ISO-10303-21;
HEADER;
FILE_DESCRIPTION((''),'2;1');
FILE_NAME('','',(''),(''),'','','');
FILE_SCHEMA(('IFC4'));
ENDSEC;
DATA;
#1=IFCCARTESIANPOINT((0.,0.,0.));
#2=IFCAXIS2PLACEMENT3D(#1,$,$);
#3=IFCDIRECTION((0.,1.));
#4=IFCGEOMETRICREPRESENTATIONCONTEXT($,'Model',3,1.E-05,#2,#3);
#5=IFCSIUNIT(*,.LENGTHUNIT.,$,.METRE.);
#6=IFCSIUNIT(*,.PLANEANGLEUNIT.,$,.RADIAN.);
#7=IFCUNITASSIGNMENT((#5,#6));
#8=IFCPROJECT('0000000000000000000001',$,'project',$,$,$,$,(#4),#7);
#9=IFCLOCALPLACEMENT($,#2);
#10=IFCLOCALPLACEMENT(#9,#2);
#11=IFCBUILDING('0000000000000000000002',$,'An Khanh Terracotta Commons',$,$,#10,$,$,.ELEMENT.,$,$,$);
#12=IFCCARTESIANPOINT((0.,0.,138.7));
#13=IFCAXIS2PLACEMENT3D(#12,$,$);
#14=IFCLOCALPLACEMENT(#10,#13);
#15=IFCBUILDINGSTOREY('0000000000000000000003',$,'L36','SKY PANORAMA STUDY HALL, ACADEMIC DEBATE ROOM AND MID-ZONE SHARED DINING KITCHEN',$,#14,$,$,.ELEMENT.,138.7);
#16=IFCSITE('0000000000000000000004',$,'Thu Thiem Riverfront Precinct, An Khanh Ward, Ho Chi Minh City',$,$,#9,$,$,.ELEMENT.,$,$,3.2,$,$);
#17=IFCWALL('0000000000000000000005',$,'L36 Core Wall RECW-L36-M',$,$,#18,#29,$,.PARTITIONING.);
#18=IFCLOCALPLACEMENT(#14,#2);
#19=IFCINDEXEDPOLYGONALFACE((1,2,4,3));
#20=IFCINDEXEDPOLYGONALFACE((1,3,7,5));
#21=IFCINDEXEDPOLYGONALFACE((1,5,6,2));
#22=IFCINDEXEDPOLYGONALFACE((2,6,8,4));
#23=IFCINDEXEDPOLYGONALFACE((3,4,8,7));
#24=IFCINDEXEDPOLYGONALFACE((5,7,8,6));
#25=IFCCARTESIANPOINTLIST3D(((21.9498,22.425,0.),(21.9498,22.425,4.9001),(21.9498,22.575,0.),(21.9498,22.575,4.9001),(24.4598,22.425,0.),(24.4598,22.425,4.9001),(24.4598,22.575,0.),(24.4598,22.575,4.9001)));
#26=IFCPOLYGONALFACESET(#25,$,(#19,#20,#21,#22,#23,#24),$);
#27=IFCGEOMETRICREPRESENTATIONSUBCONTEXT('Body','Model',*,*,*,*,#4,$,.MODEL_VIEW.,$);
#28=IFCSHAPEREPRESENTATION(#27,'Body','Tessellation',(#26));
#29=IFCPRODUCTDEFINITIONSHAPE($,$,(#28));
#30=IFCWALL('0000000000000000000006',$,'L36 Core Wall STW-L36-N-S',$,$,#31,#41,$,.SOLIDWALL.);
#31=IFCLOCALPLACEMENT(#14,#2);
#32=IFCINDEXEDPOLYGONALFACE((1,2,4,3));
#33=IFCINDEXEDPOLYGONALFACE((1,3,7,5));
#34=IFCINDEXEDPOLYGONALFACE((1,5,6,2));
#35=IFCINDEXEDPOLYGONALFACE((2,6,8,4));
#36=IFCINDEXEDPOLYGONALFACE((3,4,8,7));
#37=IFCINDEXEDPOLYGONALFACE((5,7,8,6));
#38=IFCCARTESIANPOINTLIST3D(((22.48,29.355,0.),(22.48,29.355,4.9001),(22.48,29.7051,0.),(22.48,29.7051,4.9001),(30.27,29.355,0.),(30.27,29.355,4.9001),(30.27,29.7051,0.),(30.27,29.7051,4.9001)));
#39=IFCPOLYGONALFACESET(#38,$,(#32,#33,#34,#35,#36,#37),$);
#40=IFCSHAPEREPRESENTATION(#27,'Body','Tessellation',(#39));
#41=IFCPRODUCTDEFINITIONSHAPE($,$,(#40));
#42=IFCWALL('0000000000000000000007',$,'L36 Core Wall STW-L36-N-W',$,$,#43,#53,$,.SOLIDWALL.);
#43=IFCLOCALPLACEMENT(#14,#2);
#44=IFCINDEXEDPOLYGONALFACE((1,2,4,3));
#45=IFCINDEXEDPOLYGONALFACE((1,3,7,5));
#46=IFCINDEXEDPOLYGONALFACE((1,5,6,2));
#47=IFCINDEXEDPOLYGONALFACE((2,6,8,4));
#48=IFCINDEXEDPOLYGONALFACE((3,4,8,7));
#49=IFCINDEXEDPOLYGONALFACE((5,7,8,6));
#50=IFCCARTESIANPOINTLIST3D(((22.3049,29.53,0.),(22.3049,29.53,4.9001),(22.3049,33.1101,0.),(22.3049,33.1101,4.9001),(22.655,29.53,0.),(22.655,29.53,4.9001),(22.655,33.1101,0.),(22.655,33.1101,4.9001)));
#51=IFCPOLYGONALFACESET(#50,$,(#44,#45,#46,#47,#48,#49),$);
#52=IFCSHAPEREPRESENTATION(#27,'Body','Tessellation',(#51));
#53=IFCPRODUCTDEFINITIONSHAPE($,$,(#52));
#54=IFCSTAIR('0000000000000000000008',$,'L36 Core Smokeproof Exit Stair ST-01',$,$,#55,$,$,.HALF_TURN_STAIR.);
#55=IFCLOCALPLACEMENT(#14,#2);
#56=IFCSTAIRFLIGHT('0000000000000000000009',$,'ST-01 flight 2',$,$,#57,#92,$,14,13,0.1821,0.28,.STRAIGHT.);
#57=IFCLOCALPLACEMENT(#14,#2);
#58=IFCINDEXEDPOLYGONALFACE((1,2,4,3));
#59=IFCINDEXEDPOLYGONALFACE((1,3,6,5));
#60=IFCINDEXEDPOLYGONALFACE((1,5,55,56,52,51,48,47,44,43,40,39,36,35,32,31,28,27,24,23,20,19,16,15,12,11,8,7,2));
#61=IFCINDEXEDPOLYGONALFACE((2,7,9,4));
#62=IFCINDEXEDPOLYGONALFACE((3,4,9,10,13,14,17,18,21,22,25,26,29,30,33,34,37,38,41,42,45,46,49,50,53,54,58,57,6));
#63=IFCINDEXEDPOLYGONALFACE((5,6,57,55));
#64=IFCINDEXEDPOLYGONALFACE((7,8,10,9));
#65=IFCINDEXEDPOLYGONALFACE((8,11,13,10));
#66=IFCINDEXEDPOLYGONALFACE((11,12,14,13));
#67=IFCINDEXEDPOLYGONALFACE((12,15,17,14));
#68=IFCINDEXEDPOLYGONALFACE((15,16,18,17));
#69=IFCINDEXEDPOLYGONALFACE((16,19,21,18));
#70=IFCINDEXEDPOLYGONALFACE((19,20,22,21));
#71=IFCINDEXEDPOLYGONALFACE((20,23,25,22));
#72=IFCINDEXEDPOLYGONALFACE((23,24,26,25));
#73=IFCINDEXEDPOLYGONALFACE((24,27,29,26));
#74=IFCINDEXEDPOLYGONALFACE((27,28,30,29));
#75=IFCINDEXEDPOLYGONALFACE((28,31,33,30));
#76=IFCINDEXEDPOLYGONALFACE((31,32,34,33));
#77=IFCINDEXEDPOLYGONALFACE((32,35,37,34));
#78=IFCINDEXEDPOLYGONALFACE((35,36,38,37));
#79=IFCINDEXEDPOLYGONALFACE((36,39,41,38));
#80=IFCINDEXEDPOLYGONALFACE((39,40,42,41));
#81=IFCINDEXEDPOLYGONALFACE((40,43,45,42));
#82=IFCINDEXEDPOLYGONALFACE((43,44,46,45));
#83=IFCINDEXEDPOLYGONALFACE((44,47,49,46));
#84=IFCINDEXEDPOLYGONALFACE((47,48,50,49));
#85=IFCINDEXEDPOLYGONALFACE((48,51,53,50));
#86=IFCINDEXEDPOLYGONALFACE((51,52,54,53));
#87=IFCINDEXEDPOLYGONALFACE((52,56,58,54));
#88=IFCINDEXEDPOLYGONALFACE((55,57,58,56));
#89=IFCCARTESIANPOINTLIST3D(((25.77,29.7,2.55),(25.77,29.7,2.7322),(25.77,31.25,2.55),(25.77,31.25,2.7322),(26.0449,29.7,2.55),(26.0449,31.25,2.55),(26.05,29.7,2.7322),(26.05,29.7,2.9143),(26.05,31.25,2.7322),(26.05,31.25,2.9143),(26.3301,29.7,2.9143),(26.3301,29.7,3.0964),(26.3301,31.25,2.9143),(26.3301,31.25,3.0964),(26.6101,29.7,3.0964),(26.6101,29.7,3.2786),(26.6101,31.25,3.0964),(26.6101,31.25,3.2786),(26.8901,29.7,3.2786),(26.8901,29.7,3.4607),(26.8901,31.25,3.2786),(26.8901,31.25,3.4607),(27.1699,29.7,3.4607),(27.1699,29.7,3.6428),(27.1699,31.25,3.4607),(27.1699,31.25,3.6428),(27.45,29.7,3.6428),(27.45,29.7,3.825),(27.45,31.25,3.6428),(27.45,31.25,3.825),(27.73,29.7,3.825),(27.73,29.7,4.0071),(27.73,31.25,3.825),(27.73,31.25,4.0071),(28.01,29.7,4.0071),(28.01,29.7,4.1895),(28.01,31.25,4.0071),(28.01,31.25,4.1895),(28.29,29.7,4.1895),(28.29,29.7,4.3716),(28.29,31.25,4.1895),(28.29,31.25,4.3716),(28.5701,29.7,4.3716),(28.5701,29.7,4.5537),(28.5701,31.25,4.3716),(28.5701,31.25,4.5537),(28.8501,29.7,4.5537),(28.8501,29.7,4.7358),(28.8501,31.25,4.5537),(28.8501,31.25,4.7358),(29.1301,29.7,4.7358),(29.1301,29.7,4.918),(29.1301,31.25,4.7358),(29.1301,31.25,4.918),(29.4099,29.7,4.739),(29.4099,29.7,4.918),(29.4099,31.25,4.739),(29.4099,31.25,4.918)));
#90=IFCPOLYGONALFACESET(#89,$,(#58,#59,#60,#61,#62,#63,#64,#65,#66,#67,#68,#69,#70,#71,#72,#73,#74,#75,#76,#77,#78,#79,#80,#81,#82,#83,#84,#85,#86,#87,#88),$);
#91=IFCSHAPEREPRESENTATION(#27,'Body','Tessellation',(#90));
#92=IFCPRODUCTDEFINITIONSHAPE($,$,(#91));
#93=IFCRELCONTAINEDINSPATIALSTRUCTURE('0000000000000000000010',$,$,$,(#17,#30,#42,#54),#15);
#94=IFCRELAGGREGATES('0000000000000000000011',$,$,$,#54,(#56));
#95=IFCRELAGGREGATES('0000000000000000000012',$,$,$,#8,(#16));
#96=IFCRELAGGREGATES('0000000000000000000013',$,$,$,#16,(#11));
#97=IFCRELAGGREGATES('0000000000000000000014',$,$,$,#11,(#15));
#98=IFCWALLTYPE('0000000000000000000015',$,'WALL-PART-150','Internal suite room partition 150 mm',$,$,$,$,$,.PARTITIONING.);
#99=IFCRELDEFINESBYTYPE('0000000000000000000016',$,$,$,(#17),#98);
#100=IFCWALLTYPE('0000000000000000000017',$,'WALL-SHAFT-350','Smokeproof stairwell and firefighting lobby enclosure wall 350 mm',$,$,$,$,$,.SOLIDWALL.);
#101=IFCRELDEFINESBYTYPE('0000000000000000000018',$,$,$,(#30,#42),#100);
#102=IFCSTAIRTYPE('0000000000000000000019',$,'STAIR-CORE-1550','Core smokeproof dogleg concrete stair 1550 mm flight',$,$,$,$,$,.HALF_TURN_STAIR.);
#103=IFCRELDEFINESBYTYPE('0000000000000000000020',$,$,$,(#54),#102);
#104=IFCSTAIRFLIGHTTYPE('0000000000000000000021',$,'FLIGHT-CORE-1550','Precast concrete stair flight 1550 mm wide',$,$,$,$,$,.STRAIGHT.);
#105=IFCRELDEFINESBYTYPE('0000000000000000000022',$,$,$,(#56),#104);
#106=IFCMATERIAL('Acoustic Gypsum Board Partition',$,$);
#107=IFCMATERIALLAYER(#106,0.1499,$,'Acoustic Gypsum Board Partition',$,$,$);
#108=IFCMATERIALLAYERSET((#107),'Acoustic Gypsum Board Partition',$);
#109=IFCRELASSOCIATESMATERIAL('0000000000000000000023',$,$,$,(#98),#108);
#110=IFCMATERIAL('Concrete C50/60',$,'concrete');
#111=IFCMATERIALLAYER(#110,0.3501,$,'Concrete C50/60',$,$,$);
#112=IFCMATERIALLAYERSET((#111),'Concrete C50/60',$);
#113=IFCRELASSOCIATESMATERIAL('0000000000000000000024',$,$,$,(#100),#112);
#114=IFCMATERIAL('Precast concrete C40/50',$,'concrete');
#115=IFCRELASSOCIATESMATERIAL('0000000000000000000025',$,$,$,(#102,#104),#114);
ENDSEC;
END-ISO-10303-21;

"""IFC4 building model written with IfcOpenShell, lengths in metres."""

from ifc_helpers import new_model, si_unit, direction, frame, frame_2d, origin, place, context, subcontext, project, spatial, polyline, rectangle, outline, extrude, material, layer, layer_set, type_object, element, aggregate, save


model = new_model("IFC4")

# Units and contexts
model_context = context("Model", 3, precision=1e-05, world=origin(), true_north=direction((0.0, 1.0)))
body_context = subcontext(model_context, "Body", "Model", "MODEL_VIEW")
ifc_project = project(units=[si_unit("LENGTHUNIT", "METRE"), si_unit("PLANEANGLEUNIT", "RADIAN")], contexts=[model_context])

# Site, building, storey
site_placement = place(None, origin())
site = spatial("IfcSite", under=ifc_project, at=site_placement, Name="Thu Thiem Riverfront Precinct, An Khanh Ward, Ho Chi Minh City", CompositionType="ELEMENT", RefElevation=3.2)
building_placement = place(site_placement, origin())
building = spatial("IfcBuilding", under=site, at=building_placement, Name="An Khanh Terracotta Commons", CompositionType="ELEMENT")
storey_placement = place(building_placement, frame((0.0, 0.0, 138.7)))
storey = spatial("IfcBuildingStorey", under=building, at=storey_placement, Name="L36", Description="SKY PANORAMA STUDY HALL, ACADEMIC DEBATE ROOM AND MID-ZONE SHARED DINING KITCHEN", CompositionType="ELEMENT", Elevation=138.7)

# Walls
ifc_material_1 = material(Name="Acoustic Gypsum Board Partition")
ifc_layer_1 = layer(ifc_material_1, 0.1499, Name="Acoustic Gypsum Board Partition")
ifc_layer_set_1 = layer_set([ifc_layer_1], Name="Acoustic Gypsum Board Partition")
wall_type_1 = type_object("IfcWallType", Name="WALL-PART-150", Description="Internal suite room partition 150 mm", PredefinedType="PARTITIONING", material=ifc_layer_set_1)
wall_1_placement = place(storey_placement, frame((21.95, 22.5, 0.0), z_axis=(0.0, 0.0, 1.0), x_axis=(1.0, 0.0, 0.0)))
element("IfcWall", 1, at=wall_1_placement, inside=storey, type_object=wall_type_1, Name="L36 Core Wall RECW-L36-M", PredefinedType="PARTITIONING", context=body_context, shape_type="SweptSolid", body=[
    extrude(rectangle(XDim=2.51, YDim=0.1499, at=frame_2d((1.2549, 0.0))), origin(), (0.0, 0.0, 1.0), 4.9001),
])
ifc_material_2 = material(Name="Concrete C50/60", Category="concrete")
ifc_layer_2 = layer(ifc_material_2, 0.3501, Name="Concrete C50/60")
ifc_layer_set_2 = layer_set([ifc_layer_2], Name="Concrete C50/60")
wall_type_2 = type_object("IfcWallType", Name="WALL-SHAFT-350", Description="Smokeproof stairwell and firefighting lobby enclosure wall 350 mm", PredefinedType="SOLIDWALL", material=ifc_layer_set_2)
wall_2_placement = place(storey_placement, frame((22.48, 29.53, 0.0), z_axis=(0.0, 0.0, 1.0), x_axis=(1.0, 0.0, 0.0)))
element("IfcWall", 2, at=wall_2_placement, inside=storey, type_object=wall_type_2, Name="L36 Core Wall STW-L36-N-S", PredefinedType="SOLIDWALL", context=body_context, shape_type="SweptSolid", body=[
    extrude(rectangle(XDim=7.79, YDim=0.3501, at=frame_2d((3.895, 0.0))), origin(), (0.0, 0.0, 1.0), 4.9001),
])
wall_3_placement = place(storey_placement, frame((22.48, 29.53, 0.0), z_axis=(0.0, 0.0, 1.0), x_axis=(0.0, 1.0, 0.0)))
element("IfcWall", 3, at=wall_3_placement, inside=storey, type_object=wall_type_2, Name="L36 Core Wall STW-L36-N-W", PredefinedType="SOLIDWALL", context=body_context, shape_type="SweptSolid", body=[
    extrude(rectangle(XDim=3.5801, YDim=0.3501, at=frame_2d((1.79, 0.0))), origin(), (0.0, 0.0, 1.0), 4.9001),
])

# Stair, stair flight
ifc_material_3 = material(Name="Precast concrete C40/50", Category="concrete")
stair_type = type_object("IfcStairType", Name="STAIR-CORE-1550", Description="Core smokeproof dogleg concrete stair 1550 mm flight", PredefinedType="HALF_TURN_STAIR", material=ifc_material_3)
stair_placement = place(storey_placement, origin())
stair = element("IfcStair", 4, at=stair_placement, inside=storey, type_object=stair_type, Name="L36 Core Smokeproof Exit Stair ST-01", PredefinedType="HALF_TURN_STAIR")
stair_flight_type = type_object("IfcStairFlightType", Name="FLIGHT-CORE-1550", Description="Precast concrete stair flight 1550 mm wide", PredefinedType="STRAIGHT", material=ifc_material_3)
stair_flight_placement = place(storey_placement, frame((25.77, 30.4751, 2.55), z_axis=(0.0, 0.0, 1.0), x_axis=(1.0, 0.0, 0.0)))
stair_flight = element("IfcStairFlight", 5, at=stair_flight_placement, type_object=stair_flight_type, Name="ST-01 flight 2", NumberOfRisers=14, NumberOfTreads=13, PredefinedType="STRAIGHT", RiserHeight=0.1821, TreadLength=0.28, context=body_context, shape_type="SweptSolid", body=[
    extrude(outline(polyline([(0.0, 0.0), (0.0, 0.1821), (0.28, 0.1821), (0.28, 0.3643), (0.5601, 0.3643), (0.5601, 0.5464), (0.8401, 0.5464), (0.8401, 0.7285), (1.1201, 0.7285), (1.1201, 0.9106), (1.3999, 0.9106), (1.3999, 1.0928), (1.6799, 1.0928), (1.6799, 1.2749), (1.96, 1.2749), (1.96, 1.457), (2.24, 1.457), (2.24, 1.6394), (2.52, 1.6394), (2.52, 1.8215), (2.8, 1.8215), (2.8, 2.0037), (3.0801, 2.0037), (3.0801, 2.1858), (3.3601, 2.1858), (3.3601, 2.3679), (3.6399, 2.3679), (3.6399, 2.55), (3.6399, 2.189), (0.2749, 0.0), (0.0, 0.0)])), frame((0.0, 0.7749, 0.0), z_axis=(0.0, -1.0, 0.0), x_axis=(1.0, 0.0, 0.0)), (0.0, 0.0, 1.0), 1.55),
])
aggregate(stair, [stair_flight])

save(model, "model.ifc")
